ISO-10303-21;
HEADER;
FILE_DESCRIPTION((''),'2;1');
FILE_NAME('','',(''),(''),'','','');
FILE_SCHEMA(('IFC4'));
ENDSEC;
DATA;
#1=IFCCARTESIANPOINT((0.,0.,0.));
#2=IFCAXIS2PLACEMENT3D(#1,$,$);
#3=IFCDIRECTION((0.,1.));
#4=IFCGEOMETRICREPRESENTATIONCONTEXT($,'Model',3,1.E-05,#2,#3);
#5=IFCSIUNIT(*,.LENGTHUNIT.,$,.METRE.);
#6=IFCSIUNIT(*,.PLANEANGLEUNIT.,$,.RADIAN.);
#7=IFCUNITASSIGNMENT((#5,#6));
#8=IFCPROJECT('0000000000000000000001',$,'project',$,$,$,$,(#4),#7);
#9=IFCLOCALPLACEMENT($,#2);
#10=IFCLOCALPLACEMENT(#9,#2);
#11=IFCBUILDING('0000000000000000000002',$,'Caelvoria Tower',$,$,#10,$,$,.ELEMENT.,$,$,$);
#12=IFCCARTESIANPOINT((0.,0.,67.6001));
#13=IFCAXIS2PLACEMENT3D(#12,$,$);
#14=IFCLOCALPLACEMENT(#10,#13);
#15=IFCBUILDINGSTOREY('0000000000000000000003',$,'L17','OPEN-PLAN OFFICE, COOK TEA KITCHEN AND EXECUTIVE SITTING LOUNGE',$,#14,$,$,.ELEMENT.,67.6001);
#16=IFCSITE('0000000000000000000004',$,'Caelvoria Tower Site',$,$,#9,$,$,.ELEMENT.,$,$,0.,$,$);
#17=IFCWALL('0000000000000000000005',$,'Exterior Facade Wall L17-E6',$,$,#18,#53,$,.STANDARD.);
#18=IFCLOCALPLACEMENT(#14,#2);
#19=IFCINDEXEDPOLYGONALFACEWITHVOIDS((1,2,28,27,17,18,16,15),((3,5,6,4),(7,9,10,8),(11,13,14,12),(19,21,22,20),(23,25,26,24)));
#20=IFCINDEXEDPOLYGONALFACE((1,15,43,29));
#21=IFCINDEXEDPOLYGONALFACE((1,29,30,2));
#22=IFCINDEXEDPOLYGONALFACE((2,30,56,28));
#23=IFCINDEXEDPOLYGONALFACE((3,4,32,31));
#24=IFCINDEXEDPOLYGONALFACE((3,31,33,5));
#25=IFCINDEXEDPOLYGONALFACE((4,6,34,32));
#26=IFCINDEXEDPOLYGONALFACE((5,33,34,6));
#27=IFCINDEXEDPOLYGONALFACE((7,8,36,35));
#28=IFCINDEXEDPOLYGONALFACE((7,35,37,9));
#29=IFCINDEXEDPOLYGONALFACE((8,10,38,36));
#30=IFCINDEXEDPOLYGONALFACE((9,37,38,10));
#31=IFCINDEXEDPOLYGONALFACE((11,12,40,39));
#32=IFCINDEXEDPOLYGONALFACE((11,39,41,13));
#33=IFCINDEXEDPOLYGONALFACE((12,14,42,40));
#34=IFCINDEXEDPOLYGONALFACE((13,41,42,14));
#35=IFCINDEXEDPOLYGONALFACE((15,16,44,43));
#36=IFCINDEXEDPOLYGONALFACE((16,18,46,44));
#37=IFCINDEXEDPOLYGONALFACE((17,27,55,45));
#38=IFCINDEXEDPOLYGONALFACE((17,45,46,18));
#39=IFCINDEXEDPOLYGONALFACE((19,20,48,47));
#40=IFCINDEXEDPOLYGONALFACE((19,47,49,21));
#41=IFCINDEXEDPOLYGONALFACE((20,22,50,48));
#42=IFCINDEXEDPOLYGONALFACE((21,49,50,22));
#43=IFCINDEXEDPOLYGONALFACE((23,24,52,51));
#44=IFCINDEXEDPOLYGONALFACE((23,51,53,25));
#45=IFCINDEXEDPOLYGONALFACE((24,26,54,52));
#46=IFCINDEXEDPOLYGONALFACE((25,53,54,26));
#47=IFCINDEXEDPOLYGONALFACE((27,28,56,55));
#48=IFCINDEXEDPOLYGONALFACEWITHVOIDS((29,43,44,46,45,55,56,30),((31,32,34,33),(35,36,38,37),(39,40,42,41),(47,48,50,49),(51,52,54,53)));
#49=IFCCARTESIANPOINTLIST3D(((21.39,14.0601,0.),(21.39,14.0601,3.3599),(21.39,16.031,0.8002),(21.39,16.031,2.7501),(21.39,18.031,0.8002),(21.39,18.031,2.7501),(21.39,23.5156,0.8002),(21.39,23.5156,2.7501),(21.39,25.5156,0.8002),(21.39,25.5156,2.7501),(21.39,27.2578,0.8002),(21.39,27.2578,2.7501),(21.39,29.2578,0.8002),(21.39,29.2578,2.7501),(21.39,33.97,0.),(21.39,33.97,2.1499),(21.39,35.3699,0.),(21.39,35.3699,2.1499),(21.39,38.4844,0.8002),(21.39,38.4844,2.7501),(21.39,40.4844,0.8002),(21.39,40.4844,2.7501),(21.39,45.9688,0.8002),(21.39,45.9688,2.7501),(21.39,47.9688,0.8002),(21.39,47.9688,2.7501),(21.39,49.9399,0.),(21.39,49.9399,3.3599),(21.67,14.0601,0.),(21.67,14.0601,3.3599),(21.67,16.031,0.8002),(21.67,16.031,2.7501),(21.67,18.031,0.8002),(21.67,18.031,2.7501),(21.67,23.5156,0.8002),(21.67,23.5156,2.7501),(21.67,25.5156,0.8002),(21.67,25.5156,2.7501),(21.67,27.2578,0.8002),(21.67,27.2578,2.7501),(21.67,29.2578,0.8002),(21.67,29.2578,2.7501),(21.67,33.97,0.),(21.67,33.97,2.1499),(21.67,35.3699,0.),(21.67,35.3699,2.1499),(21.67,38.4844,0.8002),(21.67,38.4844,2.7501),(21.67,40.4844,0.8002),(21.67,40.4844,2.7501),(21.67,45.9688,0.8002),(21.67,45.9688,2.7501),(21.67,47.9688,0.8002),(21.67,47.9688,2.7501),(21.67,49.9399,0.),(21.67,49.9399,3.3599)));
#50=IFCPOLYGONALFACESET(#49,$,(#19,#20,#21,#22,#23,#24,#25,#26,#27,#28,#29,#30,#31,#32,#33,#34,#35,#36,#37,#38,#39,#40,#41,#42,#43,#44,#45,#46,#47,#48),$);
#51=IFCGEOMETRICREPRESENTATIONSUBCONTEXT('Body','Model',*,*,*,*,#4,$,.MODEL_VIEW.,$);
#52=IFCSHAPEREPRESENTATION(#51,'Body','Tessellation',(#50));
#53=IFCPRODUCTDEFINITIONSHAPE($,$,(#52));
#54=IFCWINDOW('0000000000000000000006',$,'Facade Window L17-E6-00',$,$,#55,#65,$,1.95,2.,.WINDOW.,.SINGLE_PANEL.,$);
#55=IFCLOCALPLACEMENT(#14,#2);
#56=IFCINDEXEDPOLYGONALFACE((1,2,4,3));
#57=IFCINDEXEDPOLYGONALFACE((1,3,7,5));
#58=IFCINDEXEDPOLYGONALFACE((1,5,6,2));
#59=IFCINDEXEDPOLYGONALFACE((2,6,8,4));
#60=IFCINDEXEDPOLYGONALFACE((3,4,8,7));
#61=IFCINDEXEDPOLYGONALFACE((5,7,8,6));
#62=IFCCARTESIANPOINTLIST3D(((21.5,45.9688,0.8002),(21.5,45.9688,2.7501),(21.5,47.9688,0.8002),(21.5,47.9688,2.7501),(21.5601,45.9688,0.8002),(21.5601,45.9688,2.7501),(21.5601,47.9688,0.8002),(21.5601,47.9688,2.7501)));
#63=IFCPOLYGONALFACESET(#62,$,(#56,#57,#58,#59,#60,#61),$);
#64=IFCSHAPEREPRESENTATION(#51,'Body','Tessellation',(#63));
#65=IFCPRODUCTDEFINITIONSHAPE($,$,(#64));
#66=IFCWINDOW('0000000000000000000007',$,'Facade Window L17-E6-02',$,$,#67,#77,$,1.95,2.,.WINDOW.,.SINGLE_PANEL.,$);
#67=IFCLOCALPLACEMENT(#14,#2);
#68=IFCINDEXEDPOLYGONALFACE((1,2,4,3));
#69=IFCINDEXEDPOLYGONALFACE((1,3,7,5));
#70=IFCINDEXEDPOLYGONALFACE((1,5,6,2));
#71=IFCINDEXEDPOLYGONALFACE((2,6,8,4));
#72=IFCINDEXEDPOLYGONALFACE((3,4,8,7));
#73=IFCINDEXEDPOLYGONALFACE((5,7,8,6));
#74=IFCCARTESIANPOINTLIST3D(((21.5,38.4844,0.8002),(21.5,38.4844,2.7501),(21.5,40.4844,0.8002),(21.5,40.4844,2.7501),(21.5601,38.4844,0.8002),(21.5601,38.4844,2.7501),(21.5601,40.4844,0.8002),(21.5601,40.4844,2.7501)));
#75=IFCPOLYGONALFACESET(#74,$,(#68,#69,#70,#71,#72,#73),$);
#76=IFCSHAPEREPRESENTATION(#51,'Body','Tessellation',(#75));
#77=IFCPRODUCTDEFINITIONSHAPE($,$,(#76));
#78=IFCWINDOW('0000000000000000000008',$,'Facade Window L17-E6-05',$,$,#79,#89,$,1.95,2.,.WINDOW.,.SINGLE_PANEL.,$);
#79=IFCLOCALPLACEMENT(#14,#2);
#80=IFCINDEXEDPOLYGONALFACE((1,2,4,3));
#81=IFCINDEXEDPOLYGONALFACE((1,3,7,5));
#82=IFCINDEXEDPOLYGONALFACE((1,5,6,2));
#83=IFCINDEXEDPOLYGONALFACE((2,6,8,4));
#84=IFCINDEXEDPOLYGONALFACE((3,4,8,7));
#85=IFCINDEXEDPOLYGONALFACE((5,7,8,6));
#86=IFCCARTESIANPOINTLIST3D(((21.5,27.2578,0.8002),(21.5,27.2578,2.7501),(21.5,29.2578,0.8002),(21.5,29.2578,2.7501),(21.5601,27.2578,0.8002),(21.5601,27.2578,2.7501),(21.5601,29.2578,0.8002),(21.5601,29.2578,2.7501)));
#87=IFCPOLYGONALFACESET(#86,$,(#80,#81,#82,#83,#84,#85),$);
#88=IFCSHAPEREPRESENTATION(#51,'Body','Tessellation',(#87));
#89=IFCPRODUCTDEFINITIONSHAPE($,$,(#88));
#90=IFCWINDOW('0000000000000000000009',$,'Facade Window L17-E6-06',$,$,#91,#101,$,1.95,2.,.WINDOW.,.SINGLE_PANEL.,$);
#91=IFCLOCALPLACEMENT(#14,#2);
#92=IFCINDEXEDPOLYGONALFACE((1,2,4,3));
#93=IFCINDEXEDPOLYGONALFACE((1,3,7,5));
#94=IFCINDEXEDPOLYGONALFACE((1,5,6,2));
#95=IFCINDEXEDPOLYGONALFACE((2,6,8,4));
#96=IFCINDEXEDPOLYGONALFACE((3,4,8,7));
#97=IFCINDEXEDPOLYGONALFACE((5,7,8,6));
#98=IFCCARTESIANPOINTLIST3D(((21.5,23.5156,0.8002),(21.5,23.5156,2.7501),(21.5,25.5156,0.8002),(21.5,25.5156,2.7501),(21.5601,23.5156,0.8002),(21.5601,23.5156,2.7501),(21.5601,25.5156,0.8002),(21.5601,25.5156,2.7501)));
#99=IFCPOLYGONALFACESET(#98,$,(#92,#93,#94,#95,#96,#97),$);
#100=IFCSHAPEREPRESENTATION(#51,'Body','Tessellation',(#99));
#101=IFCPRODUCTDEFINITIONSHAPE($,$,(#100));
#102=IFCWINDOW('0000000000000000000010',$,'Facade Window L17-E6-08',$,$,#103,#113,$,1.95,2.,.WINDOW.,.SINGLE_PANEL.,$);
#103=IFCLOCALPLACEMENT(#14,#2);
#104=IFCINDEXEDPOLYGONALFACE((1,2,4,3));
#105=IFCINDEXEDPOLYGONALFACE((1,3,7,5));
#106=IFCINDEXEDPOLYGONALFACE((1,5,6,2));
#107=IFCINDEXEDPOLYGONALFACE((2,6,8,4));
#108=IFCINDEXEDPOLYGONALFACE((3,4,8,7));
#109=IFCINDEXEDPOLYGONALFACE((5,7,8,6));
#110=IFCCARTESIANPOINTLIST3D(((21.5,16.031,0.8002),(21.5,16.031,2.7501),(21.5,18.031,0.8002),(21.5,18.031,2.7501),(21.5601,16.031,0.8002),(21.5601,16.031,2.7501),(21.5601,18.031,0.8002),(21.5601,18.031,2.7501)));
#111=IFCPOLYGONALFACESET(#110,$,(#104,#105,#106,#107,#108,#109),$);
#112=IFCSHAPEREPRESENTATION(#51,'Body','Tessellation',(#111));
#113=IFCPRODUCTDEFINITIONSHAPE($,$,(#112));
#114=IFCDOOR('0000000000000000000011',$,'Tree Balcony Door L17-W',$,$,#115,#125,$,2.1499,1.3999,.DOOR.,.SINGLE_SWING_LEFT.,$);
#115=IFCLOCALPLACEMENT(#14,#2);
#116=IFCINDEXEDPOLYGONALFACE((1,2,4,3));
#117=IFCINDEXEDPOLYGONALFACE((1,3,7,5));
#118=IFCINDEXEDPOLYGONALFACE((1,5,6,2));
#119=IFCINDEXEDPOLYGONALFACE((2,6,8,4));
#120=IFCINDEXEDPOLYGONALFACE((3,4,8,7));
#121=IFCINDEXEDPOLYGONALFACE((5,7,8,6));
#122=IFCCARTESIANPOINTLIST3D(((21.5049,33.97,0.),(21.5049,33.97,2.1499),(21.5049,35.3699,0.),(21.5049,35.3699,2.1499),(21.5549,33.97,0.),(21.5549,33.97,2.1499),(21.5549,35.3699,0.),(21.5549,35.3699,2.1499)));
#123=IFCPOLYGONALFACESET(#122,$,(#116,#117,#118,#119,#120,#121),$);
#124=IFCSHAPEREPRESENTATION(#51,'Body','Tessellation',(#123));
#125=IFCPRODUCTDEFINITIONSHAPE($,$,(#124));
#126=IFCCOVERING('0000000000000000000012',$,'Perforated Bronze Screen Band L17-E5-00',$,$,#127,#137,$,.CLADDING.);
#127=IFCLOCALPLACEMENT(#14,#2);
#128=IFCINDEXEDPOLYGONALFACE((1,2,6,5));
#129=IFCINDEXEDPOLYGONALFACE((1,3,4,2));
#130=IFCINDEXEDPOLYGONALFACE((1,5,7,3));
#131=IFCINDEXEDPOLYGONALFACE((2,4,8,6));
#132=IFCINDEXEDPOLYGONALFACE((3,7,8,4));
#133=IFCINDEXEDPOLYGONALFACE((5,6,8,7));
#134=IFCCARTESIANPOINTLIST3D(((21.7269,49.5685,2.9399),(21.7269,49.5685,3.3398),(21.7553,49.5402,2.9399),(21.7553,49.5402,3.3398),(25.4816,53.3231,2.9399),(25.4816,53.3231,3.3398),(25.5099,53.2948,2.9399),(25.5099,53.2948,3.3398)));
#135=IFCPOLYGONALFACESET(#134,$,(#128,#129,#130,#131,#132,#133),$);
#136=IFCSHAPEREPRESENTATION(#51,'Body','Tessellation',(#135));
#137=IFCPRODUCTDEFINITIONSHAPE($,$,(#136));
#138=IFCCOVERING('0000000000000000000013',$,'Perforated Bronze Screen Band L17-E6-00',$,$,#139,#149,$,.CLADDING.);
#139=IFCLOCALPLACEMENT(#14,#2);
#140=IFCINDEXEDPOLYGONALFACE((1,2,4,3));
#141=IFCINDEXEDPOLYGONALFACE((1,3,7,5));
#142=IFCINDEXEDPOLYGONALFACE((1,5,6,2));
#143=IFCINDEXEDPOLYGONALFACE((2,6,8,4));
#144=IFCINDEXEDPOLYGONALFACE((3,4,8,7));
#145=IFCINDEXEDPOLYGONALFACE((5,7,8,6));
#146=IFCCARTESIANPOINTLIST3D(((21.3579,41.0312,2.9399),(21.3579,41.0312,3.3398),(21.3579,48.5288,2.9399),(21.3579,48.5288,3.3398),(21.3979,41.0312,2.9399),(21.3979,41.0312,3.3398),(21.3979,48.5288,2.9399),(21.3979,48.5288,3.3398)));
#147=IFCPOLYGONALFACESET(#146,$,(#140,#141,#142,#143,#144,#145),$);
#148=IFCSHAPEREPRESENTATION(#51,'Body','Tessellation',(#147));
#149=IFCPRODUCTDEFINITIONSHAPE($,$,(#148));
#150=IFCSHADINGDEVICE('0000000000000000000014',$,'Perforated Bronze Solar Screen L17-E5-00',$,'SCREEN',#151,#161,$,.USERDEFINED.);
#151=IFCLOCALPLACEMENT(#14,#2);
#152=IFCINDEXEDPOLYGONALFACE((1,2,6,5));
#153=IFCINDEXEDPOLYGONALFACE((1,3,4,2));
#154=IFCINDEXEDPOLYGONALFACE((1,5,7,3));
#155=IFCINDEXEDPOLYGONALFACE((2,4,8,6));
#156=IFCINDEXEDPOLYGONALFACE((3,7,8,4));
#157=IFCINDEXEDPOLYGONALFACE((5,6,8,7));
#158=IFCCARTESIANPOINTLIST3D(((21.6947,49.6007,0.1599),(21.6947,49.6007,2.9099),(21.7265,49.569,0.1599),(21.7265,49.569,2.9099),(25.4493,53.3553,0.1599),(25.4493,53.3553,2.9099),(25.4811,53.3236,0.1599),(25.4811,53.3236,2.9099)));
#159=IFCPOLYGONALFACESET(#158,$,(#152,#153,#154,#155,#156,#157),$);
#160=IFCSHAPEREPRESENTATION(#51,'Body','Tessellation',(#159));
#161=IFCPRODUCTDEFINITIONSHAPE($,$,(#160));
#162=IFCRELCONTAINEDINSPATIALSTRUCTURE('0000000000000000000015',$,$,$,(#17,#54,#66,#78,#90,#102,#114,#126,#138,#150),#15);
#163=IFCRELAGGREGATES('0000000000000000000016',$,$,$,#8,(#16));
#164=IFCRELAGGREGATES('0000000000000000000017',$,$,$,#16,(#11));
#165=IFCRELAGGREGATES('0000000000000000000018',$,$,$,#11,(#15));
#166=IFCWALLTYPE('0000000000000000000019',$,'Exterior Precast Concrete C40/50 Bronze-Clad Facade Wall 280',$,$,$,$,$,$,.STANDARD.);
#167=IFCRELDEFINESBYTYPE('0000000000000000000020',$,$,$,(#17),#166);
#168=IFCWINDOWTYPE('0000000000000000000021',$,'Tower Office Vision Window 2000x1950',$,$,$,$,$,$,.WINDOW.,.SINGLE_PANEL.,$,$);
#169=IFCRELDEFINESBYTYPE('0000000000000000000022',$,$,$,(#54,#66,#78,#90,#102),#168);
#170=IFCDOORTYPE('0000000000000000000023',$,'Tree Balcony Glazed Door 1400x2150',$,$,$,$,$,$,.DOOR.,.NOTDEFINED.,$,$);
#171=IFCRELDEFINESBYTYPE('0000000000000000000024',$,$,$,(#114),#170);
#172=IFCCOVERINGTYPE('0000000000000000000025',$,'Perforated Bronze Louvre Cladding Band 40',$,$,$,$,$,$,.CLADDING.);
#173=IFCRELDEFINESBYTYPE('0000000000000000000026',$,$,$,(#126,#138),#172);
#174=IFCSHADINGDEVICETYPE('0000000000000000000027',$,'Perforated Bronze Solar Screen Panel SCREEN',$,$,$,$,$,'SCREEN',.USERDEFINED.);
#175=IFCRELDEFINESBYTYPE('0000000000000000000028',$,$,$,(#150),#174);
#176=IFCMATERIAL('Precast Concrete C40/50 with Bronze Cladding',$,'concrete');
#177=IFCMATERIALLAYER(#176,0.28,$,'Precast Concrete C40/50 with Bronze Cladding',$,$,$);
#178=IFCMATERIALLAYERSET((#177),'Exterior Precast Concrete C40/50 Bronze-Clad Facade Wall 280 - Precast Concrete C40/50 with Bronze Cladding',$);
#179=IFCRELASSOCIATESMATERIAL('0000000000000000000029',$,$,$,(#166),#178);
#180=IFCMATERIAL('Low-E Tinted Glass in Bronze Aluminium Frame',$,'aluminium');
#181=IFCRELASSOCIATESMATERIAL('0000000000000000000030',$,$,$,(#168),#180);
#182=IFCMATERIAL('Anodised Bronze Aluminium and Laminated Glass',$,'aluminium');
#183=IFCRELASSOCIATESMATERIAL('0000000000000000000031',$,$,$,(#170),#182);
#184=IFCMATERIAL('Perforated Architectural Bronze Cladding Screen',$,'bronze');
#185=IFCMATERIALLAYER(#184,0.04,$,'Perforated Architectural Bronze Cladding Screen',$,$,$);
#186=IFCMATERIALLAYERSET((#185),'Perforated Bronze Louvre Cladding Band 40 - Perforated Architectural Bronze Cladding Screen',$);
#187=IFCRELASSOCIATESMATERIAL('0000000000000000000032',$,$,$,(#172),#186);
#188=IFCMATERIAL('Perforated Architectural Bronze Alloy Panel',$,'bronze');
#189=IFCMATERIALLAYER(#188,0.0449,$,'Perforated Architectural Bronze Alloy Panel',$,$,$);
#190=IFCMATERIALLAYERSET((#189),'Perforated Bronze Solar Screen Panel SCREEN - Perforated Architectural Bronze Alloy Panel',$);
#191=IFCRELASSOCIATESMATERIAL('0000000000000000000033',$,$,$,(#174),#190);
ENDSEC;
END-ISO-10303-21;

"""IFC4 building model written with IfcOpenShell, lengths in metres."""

from ifc_helpers import new_model, si_unit, direction, frame, frame_2d, origin, origin_2d, place, context, subcontext, project, spatial, rectangle, extrude, material, layer, layer_set, type_object, element, fill, save


model = new_model("IFC4")

# Units and contexts
model_context = context("Model", 3, precision=1e-05, world=origin(), true_north=direction((0.0, 1.0)))
body_context = subcontext(model_context, "Body", "Model", "MODEL_VIEW")
ifc_project = project(units=[si_unit("LENGTHUNIT", "METRE"), si_unit("PLANEANGLEUNIT", "RADIAN")], contexts=[model_context])

# Site, building, storey
site_placement = place(None, origin())
site = spatial("IfcSite", under=ifc_project, at=site_placement, Name="Caelvoria Tower Site", CompositionType="ELEMENT", RefElevation=0.0)
building_placement = place(site_placement, origin())
building = spatial("IfcBuilding", under=site, at=building_placement, Name="Caelvoria Tower", CompositionType="ELEMENT")
storey_placement = place(building_placement, frame((0.0, 0.0, 67.6001)))
storey = spatial("IfcBuildingStorey", under=building, at=storey_placement, Name="L17", Description="OPEN-PLAN OFFICE, COOK TEA KITCHEN AND EXECUTIVE SITTING LOUNGE", CompositionType="ELEMENT", Elevation=67.6001)

# Wall, openings, windows, door
ifc_material_1 = material(Name="Precast Concrete C40/50 with Bronze Cladding", Category="concrete")
ifc_layer_1 = layer(ifc_material_1, 0.28, Name="Precast Concrete C40/50 with Bronze Cladding")
ifc_layer_set_1 = layer_set([ifc_layer_1], Name="Exterior Precast Concrete C40/50 Bronze-Clad Facade Wall 280 - Precast Concrete C40/50 with Bronze Cladding")
wall_type = type_object("IfcWallType", Name="Exterior Precast Concrete C40/50 Bronze-Clad Facade Wall 280", PredefinedType="STANDARD", material=ifc_layer_set_1)
wall_placement = place(storey_placement, frame((21.53, 49.9399, 0.0), z_axis=(0.0, 0.0, 1.0), x_axis=(0.0, -1.0, 0.0)))
wall = element("IfcWall", 1, at=wall_placement, inside=storey, type_object=wall_type, Name="Exterior Facade Wall L17-E6", PredefinedType="STANDARD", context=body_context, shape_type="SweptSolid", body=[
    extrude(rectangle(XDim=35.8799, YDim=0.28, at=frame_2d((17.9399, 0.0))), origin(), (0.0, 0.0, 1.0), 3.3599),
])
opening_1_placement = place(wall_placement, frame((14.5701, 0.0, 0.0)))
opening_1 = element("IfcOpeningElement", 2, at=opening_1_placement, cuts=wall, PredefinedType="OPENING", context=body_context, shape_type="SweptSolid", body=[
    extrude(rectangle(XDim=1.3999, YDim=2.1499, at=frame_2d((0.7, 1.075))), frame((0.0, 0.1499, 0.0), z_axis=(0.0, -1.0, 0.0), x_axis=(1.0, 0.0, 0.0)), (0.0, 0.0, 1.0), 0.3),
])
opening_2_placement = place(wall_placement, frame((1.9712, 0.0, 0.8)))
opening_2 = element("IfcOpeningElement", 3, at=opening_2_placement, cuts=wall, PredefinedType="OPENING", context=body_context, shape_type="SweptSolid", body=[
    extrude(rectangle(XDim=2.0, YDim=1.95, at=frame_2d((1.0, 0.9751))), frame((0.0, 0.1499, 0.0), z_axis=(0.0, -1.0, 0.0), x_axis=(1.0, 0.0, 0.0)), (0.0, 0.0, 1.0), 0.3),
])
opening_3_placement = place(wall_placement, frame((9.4556, 0.0, 0.8)))
opening_3 = element("IfcOpeningElement", 4, at=opening_3_placement, cuts=wall, PredefinedType="OPENING", context=body_context, shape_type="SweptSolid", body=[
    extrude(rectangle(XDim=2.0, YDim=1.95, at=frame_2d((1.0, 0.9751))), frame((0.0, 0.1499, 0.0), z_axis=(0.0, -1.0, 0.0), x_axis=(1.0, 0.0, 0.0)), (0.0, 0.0, 1.0), 0.3),
])
opening_4_placement = place(wall_placement, frame((20.6821, 0.0, 0.8)))
opening_4 = element("IfcOpeningElement", 5, at=opening_4_placement, cuts=wall, PredefinedType="OPENING", context=body_context, shape_type="SweptSolid", body=[
    extrude(rectangle(XDim=2.0, YDim=1.95, at=frame_2d((1.0, 0.9751))), frame((0.0, 0.1499, 0.0), z_axis=(0.0, -1.0, 0.0), x_axis=(1.0, 0.0, 0.0)), (0.0, 0.0, 1.0), 0.3),
])
opening_5_placement = place(wall_placement, frame((24.4243, 0.0, 0.8)))
opening_5 = element("IfcOpeningElement", 6, at=opening_5_placement, cuts=wall, PredefinedType="OPENING", context=body_context, shape_type="SweptSolid", body=[
    extrude(rectangle(XDim=2.0, YDim=1.95, at=frame_2d((1.0, 0.9751))), frame((0.0, 0.1499, 0.0), z_axis=(0.0, -1.0, 0.0), x_axis=(1.0, 0.0, 0.0)), (0.0, 0.0, 1.0), 0.3),
])
opening_6_placement = place(wall_placement, frame((31.9089, 0.0, 0.8)))
opening_6 = element("IfcOpeningElement", 7, at=opening_6_placement, cuts=wall, PredefinedType="OPENING", context=body_context, shape_type="SweptSolid", body=[
    extrude(rectangle(XDim=2.0, YDim=1.95, at=frame_2d((1.0, 0.9751))), frame((0.0, 0.1499, 0.0), z_axis=(0.0, -1.0, 0.0), x_axis=(1.0, 0.0, 0.0)), (0.0, 0.0, 1.0), 0.3),
])
ifc_material_2 = material(Name="Low-E Tinted Glass in Bronze Aluminium Frame", Category="aluminium")
window_type = type_object("IfcWindowType", Name="Tower Office Vision Window 2000x1950", PartitioningType="SINGLE_PANEL", PredefinedType="WINDOW", material=ifc_material_2)
window_1_placement = place(opening_2_placement, origin())
window_1 = element("IfcWindow", 8, at=window_1_placement, inside=storey, type_object=window_type, Name="Facade Window L17-E6-00", OverallHeight=1.95, OverallWidth=2.0, PartitioningType="SINGLE_PANEL", PredefinedType="WINDOW", context=body_context, shape_type="SweptSolid", body=[
    extrude(rectangle(XDim=2.0, YDim=1.95, at=frame_2d((1.0, 0.9751))), frame((0.0, 0.03, 0.0), z_axis=(0.0, -1.0, 0.0), x_axis=(1.0, 0.0, 0.0)), (0.0, 0.0, 1.0), 0.0601),
])
fill(opening_2, window_1)
window_2_placement = place(opening_3_placement, origin())
window_2 = element("IfcWindow", 9, at=window_2_placement, inside=storey, type_object=window_type, Name="Facade Window L17-E6-02", OverallHeight=1.95, OverallWidth=2.0, PartitioningType="SINGLE_PANEL", PredefinedType="WINDOW", context=body_context, shape_type="SweptSolid", body=[
    extrude(rectangle(XDim=2.0, YDim=1.95, at=frame_2d((1.0, 0.9751))), frame((0.0, 0.03, 0.0), z_axis=(0.0, -1.0, 0.0), x_axis=(1.0, 0.0, 0.0)), (0.0, 0.0, 1.0), 0.0601),
])
fill(opening_3, window_2)
window_3_placement = place(opening_4_placement, origin())
window_3 = element("IfcWindow", 10, at=window_3_placement, inside=storey, type_object=window_type, Name="Facade Window L17-E6-05", OverallHeight=1.95, OverallWidth=2.0, PartitioningType="SINGLE_PANEL", PredefinedType="WINDOW", context=body_context, shape_type="SweptSolid", body=[
    extrude(rectangle(XDim=2.0, YDim=1.95, at=frame_2d((1.0, 0.9751))), frame((0.0, 0.03, 0.0), z_axis=(0.0, -1.0, 0.0), x_axis=(1.0, 0.0, 0.0)), (0.0, 0.0, 1.0), 0.0601),
])
fill(opening_4, window_3)
window_4_placement = place(opening_5_placement, origin())
window_4 = element("IfcWindow", 11, at=window_4_placement, inside=storey, type_object=window_type, Name="Facade Window L17-E6-06", OverallHeight=1.95, OverallWidth=2.0, PartitioningType="SINGLE_PANEL", PredefinedType="WINDOW", context=body_context, shape_type="SweptSolid", body=[
    extrude(rectangle(XDim=2.0, YDim=1.95, at=frame_2d((1.0, 0.9751))), frame((0.0, 0.03, 0.0), z_axis=(0.0, -1.0, 0.0), x_axis=(1.0, 0.0, 0.0)), (0.0, 0.0, 1.0), 0.0601),
])
fill(opening_5, window_4)
window_5_placement = place(opening_6_placement, origin())
window_5 = element("IfcWindow", 12, at=window_5_placement, inside=storey, type_object=window_type, Name="Facade Window L17-E6-08", OverallHeight=1.95, OverallWidth=2.0, PartitioningType="SINGLE_PANEL", PredefinedType="WINDOW", context=body_context, shape_type="SweptSolid", body=[
    extrude(rectangle(XDim=2.0, YDim=1.95, at=frame_2d((1.0, 0.9751))), frame((0.0, 0.03, 0.0), z_axis=(0.0, -1.0, 0.0), x_axis=(1.0, 0.0, 0.0)), (0.0, 0.0, 1.0), 0.0601),
])
fill(opening_6, window_5)
ifc_material_3 = material(Name="Anodised Bronze Aluminium and Laminated Glass", Category="aluminium")
door_type = type_object("IfcDoorType", Name="Tree Balcony Glazed Door 1400x2150", OperationType="NOTDEFINED", PredefinedType="DOOR", material=ifc_material_3)
door_placement = place(opening_1_placement, origin())
door = element("IfcDoor", 13, at=door_placement, inside=storey, type_object=door_type, Name="Tree Balcony Door L17-W", OperationType="SINGLE_SWING_LEFT", OverallHeight=2.1499, OverallWidth=1.3999, PredefinedType="DOOR", context=body_context, shape_type="SweptSolid", body=[
    extrude(rectangle(XDim=1.3999, YDim=2.1499, at=frame_2d((0.7, 1.075))), frame((0.0, 0.0249, 0.0), z_axis=(0.0, -1.0, 0.0), x_axis=(1.0, 0.0, 0.0)), (0.0, 0.0, 1.0), 0.05),
])
fill(opening_1, door)

# Coverings
ifc_material_4 = material(Name="Perforated Architectural Bronze Cladding Screen", Category="bronze")
ifc_layer_2 = layer(ifc_material_4, 0.04, Name="Perforated Architectural Bronze Cladding Screen")
ifc_layer_set_2 = layer_set([ifc_layer_2], Name="Perforated Bronze Louvre Cladding Band 40 - Perforated Architectural Bronze Cladding Screen")
covering_type = type_object("IfcCoveringType", Name="Perforated Bronze Louvre Cladding Band 40", PredefinedType="CLADDING", material=ifc_layer_set_2)
covering_1_placement = place(storey_placement, frame((23.6184, 51.4316, 2.9399), z_axis=(0.0, 0.0, 1.0), x_axis=(-0.707107, -0.707107, 0.0)))
element("IfcCovering", 14, at=covering_1_placement, inside=storey, type_object=covering_type, Name="Perforated Bronze Screen Band L17-E5-00", PredefinedType="CLADDING", context=body_context, shape_type="SweptSolid", body=[
    extrude(rectangle(XDim=5.3098, YDim=0.04, at=origin_2d()), origin(), (0.0, 0.0, 1.0), 0.3999),
])
covering_2_placement = place(storey_placement, frame((21.3779, 44.78, 2.9399), z_axis=(0.0, 0.0, 1.0), x_axis=(0.0, -1.0, 0.0)))
element("IfcCovering", 15, at=covering_2_placement, inside=storey, type_object=covering_type, Name="Perforated Bronze Screen Band L17-E6-00", PredefinedType="CLADDING", context=body_context, shape_type="SweptSolid", body=[
    extrude(rectangle(XDim=7.4976, YDim=0.04, at=origin_2d()), origin(), (0.0, 0.0, 1.0), 0.3999),
])

# Shading device
ifc_material_5 = material(Name="Perforated Architectural Bronze Alloy Panel", Category="bronze")
ifc_layer_3 = layer(ifc_material_5, 0.0449, Name="Perforated Architectural Bronze Alloy Panel")
ifc_layer_set_3 = layer_set([ifc_layer_3], Name="Perforated Bronze Solar Screen Panel SCREEN - Perforated Architectural Bronze Alloy Panel")
shading_device_type = type_object("IfcShadingDeviceType", Name="Perforated Bronze Solar Screen Panel SCREEN", ElementType="SCREEN", PredefinedType="USERDEFINED", material=ifc_layer_set_3)
shading_device_1_placement = place(storey_placement, frame((23.5879, 51.4622, 0.1599), z_axis=(0.0, 0.0, 1.0), x_axis=(-0.707107, -0.707107, 0.0)))
element("IfcShadingDevice", 16, at=shading_device_1_placement, inside=storey, type_object=shading_device_type, Name="Perforated Bronze Solar Screen L17-E5-00", ObjectType="SCREEN", PredefinedType="USERDEFINED", context=body_context, shape_type="SweptSolid", body=[
    extrude(rectangle(XDim=5.3098, YDim=0.0449, at=origin_2d()), origin(), (0.0, 0.0, 1.0), 2.75),
])

save(model, "model.ifc")
